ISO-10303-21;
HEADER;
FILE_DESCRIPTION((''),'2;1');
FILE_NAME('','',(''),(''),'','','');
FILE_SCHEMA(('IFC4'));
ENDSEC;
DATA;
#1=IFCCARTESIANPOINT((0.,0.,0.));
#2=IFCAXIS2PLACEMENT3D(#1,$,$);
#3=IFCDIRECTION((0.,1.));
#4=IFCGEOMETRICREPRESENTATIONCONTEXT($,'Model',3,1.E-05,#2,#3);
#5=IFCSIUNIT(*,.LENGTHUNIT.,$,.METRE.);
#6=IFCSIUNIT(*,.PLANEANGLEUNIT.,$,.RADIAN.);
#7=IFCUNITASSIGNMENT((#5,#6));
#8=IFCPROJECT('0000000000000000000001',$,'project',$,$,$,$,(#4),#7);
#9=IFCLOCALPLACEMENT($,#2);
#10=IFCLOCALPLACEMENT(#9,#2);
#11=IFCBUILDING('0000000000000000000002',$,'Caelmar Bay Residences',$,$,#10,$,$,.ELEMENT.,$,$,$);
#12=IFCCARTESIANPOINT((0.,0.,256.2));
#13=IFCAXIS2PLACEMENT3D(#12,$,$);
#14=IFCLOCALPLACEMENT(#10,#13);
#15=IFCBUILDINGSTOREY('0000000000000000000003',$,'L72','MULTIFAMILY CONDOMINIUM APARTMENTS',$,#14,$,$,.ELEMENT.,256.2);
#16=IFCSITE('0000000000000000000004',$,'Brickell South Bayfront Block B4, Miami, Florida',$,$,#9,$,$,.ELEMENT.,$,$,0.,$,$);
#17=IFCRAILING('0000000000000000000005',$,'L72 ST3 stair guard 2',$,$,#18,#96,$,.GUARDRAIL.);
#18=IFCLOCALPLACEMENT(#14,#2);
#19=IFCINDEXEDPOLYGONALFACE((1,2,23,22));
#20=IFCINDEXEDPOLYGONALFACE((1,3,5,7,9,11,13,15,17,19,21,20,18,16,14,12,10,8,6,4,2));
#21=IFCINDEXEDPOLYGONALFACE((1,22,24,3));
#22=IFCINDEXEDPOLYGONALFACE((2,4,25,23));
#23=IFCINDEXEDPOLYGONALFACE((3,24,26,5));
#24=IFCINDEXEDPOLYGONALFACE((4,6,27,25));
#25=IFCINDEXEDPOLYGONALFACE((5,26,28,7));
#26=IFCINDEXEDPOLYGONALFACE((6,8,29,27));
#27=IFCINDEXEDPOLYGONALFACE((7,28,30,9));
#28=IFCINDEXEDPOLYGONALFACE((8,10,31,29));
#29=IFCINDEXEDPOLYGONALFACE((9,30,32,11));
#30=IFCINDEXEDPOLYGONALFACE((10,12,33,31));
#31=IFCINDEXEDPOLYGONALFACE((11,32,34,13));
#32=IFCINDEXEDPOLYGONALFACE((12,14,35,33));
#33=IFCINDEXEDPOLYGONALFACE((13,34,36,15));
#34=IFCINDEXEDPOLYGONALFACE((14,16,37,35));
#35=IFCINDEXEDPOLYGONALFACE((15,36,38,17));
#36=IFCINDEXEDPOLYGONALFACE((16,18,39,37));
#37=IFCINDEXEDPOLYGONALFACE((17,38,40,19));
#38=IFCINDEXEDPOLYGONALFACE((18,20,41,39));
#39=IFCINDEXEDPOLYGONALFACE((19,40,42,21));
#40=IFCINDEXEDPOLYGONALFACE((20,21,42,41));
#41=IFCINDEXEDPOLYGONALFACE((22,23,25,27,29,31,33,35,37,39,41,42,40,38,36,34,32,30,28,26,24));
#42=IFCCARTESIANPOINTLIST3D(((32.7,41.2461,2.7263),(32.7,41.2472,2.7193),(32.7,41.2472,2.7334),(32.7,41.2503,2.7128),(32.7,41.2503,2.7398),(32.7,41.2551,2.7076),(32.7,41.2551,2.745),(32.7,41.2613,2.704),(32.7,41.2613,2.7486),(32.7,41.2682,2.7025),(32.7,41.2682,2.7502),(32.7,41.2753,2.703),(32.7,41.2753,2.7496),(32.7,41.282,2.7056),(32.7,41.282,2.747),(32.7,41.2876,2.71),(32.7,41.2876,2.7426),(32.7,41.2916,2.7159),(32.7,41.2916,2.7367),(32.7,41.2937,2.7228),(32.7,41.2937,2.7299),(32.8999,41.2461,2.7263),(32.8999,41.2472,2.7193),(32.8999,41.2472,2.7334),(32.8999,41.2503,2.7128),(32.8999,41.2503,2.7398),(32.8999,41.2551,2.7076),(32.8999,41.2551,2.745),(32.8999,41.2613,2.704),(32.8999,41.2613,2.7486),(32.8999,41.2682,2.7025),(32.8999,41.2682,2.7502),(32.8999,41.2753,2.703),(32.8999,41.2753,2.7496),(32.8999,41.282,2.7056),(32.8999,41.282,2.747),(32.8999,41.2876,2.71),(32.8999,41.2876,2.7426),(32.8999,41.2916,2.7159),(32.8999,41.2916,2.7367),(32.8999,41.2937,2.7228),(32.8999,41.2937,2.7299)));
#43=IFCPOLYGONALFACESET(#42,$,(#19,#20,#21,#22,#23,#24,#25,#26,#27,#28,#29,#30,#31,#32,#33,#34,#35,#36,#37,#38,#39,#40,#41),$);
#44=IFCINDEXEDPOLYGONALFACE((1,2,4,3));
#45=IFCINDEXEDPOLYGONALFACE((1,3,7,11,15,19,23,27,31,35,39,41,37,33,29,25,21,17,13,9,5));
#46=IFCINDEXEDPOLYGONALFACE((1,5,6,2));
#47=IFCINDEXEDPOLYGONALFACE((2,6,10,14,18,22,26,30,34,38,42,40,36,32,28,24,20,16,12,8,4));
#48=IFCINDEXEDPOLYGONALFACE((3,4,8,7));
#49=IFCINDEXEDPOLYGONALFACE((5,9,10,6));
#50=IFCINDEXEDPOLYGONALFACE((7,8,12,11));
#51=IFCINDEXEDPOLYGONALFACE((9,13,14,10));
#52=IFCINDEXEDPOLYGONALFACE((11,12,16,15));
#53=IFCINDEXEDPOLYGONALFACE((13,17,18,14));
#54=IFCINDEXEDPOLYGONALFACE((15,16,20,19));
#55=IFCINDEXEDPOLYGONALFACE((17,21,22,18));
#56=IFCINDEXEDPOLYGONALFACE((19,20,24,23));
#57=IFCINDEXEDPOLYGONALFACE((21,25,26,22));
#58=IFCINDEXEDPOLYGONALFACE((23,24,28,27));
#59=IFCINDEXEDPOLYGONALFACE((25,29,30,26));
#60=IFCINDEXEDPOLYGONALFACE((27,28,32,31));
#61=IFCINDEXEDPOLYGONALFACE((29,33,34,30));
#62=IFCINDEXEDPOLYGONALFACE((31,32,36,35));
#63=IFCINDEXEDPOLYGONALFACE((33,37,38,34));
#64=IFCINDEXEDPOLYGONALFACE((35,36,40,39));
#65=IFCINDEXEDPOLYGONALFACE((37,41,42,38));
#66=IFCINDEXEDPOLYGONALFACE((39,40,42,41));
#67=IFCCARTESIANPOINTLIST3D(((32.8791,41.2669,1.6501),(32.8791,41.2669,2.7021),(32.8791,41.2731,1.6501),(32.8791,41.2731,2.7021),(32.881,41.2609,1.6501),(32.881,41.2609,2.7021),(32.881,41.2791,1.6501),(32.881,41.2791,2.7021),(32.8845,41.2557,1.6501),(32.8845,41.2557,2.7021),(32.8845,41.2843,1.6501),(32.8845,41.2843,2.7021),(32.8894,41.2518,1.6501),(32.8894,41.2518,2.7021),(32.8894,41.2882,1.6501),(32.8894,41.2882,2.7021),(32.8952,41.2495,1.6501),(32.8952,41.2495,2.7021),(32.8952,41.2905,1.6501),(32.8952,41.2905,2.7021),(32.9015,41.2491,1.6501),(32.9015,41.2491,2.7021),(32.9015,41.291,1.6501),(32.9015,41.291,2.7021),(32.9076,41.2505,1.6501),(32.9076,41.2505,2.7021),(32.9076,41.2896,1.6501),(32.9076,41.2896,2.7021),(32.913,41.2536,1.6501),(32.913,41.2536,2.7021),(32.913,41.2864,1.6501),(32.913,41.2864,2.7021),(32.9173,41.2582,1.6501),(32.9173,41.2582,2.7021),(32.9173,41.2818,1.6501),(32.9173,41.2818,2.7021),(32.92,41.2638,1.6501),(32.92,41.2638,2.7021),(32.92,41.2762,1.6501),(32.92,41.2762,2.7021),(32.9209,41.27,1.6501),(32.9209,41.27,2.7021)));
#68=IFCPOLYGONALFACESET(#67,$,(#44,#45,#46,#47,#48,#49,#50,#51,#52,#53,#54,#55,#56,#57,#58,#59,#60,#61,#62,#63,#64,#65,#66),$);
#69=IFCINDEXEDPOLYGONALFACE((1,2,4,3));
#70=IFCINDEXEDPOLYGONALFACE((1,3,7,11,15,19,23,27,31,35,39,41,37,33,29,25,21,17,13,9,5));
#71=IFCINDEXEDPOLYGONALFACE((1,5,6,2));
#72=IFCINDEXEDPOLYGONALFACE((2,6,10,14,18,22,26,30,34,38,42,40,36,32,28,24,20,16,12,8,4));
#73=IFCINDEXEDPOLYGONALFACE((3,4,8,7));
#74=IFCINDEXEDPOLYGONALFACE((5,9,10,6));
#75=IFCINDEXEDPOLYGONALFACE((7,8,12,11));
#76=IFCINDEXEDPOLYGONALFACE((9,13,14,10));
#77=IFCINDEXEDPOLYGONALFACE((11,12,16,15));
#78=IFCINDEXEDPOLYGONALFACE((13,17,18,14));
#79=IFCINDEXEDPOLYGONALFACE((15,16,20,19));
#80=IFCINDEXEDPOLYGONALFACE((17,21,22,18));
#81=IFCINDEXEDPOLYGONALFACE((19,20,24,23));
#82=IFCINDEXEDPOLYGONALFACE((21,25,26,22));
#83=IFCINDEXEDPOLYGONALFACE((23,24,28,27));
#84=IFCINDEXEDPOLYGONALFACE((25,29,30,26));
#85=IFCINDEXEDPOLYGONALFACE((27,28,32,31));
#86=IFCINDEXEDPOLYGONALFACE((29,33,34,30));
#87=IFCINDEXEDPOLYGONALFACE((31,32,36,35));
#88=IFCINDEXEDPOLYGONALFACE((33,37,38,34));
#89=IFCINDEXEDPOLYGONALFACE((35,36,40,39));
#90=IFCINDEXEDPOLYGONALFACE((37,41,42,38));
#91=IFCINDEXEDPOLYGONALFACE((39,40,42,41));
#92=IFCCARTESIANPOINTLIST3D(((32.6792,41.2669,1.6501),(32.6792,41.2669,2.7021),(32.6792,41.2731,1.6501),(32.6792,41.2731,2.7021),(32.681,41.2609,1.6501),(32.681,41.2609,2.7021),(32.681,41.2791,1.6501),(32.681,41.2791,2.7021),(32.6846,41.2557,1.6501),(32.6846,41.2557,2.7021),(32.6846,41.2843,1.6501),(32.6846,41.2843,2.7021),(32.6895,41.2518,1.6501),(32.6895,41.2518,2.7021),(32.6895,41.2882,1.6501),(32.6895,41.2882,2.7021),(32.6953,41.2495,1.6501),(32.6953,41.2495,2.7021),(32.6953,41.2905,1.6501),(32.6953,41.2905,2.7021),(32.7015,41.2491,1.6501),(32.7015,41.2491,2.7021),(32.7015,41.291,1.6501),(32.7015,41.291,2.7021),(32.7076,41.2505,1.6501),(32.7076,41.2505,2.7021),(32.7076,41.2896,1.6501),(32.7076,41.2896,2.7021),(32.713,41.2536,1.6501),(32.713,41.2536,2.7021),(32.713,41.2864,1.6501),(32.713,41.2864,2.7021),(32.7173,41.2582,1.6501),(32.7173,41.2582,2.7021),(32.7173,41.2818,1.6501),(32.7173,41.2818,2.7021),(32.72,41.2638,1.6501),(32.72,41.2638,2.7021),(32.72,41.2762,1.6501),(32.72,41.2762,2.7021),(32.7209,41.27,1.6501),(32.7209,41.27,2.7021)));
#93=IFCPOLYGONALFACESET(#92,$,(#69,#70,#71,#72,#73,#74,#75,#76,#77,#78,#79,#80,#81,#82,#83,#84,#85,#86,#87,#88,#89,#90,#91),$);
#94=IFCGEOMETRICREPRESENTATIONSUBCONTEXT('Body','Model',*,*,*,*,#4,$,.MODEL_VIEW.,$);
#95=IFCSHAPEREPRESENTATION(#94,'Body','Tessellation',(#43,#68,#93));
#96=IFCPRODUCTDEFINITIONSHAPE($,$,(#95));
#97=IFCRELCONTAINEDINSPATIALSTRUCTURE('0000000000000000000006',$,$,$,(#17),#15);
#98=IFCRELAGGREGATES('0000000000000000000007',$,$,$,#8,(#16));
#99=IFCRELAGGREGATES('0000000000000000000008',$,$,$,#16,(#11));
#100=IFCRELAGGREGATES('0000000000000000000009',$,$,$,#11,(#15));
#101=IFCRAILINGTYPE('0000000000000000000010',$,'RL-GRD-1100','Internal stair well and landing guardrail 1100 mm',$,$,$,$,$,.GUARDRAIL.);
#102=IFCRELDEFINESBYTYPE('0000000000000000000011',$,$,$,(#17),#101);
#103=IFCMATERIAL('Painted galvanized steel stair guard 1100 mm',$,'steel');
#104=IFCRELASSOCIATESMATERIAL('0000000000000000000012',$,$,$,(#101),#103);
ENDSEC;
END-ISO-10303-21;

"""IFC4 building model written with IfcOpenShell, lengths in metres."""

from ifc_helpers import new_model, si_unit, direction, frame, origin, origin_2d, place, context, subcontext, project, spatial, circle, extrude, material, type_object, element, save


model = new_model("IFC4")

# Units and contexts
model_context = context("Model", 3, precision=1e-05, world=origin(), true_north=direction((0.0, 1.0)))
body_context = subcontext(model_context, "Body", "Model", "MODEL_VIEW")
ifc_project = project(units=[si_unit("LENGTHUNIT", "METRE"), si_unit("PLANEANGLEUNIT", "RADIAN")], contexts=[model_context])

# Site, building, storey
site_placement = place(None, origin())
site = spatial("IfcSite", under=ifc_project, at=site_placement, Name="Brickell South Bayfront Block B4, Miami, Florida", CompositionType="ELEMENT", RefElevation=0.0)
building_placement = place(site_placement, origin())
building = spatial("IfcBuilding", under=site, at=building_placement, Name="Caelmar Bay Residences", CompositionType="ELEMENT")
storey_placement = place(building_placement, frame((0.0, 0.0, 256.2)))
storey = spatial("IfcBuildingStorey", under=building, at=storey_placement, Name="L72", Description="MULTIFAMILY CONDOMINIUM APARTMENTS", CompositionType="ELEMENT", Elevation=256.2)

# Railing
ifc_material_1 = material(Name="Painted galvanized steel stair guard 1100 mm", Category="steel")
railing_type_1 = type_object("IfcRailingType", Name="RL-GRD-1100", Description="Internal stair well and landing guardrail 1100 mm", PredefinedType="GUARDRAIL", material=ifc_material_1)
railing_1_placement = place(storey_placement, frame((32.8999, 41.27, 1.6501)))
element("IfcRailing", 1, at=railing_1_placement, inside=storey, type_object=railing_type_1, Name="L72 ST3 stair guard 2", PredefinedType="GUARDRAIL", context=body_context, shape_type="SweptSolid", body=[
    extrude(circle(Radius=0.0239, at=origin_2d()), frame((0.0, 0.0, 1.0762), z_axis=(-1.0, 0.0, 0.0), x_axis=(0.0, -1.0, 0.0)), (0.0, 0.0, 1.0), 0.2),
    extrude(circle(Radius=0.021, at=origin_2d()), origin(), (0.0, 0.0, 1.0), 1.052),
    extrude(circle(Radius=0.021, at=origin_2d()), frame((-0.2, 0.0, 0.0)), (0.0, 0.0, 1.0), 1.052),
])

save(model, "model.ifc")
